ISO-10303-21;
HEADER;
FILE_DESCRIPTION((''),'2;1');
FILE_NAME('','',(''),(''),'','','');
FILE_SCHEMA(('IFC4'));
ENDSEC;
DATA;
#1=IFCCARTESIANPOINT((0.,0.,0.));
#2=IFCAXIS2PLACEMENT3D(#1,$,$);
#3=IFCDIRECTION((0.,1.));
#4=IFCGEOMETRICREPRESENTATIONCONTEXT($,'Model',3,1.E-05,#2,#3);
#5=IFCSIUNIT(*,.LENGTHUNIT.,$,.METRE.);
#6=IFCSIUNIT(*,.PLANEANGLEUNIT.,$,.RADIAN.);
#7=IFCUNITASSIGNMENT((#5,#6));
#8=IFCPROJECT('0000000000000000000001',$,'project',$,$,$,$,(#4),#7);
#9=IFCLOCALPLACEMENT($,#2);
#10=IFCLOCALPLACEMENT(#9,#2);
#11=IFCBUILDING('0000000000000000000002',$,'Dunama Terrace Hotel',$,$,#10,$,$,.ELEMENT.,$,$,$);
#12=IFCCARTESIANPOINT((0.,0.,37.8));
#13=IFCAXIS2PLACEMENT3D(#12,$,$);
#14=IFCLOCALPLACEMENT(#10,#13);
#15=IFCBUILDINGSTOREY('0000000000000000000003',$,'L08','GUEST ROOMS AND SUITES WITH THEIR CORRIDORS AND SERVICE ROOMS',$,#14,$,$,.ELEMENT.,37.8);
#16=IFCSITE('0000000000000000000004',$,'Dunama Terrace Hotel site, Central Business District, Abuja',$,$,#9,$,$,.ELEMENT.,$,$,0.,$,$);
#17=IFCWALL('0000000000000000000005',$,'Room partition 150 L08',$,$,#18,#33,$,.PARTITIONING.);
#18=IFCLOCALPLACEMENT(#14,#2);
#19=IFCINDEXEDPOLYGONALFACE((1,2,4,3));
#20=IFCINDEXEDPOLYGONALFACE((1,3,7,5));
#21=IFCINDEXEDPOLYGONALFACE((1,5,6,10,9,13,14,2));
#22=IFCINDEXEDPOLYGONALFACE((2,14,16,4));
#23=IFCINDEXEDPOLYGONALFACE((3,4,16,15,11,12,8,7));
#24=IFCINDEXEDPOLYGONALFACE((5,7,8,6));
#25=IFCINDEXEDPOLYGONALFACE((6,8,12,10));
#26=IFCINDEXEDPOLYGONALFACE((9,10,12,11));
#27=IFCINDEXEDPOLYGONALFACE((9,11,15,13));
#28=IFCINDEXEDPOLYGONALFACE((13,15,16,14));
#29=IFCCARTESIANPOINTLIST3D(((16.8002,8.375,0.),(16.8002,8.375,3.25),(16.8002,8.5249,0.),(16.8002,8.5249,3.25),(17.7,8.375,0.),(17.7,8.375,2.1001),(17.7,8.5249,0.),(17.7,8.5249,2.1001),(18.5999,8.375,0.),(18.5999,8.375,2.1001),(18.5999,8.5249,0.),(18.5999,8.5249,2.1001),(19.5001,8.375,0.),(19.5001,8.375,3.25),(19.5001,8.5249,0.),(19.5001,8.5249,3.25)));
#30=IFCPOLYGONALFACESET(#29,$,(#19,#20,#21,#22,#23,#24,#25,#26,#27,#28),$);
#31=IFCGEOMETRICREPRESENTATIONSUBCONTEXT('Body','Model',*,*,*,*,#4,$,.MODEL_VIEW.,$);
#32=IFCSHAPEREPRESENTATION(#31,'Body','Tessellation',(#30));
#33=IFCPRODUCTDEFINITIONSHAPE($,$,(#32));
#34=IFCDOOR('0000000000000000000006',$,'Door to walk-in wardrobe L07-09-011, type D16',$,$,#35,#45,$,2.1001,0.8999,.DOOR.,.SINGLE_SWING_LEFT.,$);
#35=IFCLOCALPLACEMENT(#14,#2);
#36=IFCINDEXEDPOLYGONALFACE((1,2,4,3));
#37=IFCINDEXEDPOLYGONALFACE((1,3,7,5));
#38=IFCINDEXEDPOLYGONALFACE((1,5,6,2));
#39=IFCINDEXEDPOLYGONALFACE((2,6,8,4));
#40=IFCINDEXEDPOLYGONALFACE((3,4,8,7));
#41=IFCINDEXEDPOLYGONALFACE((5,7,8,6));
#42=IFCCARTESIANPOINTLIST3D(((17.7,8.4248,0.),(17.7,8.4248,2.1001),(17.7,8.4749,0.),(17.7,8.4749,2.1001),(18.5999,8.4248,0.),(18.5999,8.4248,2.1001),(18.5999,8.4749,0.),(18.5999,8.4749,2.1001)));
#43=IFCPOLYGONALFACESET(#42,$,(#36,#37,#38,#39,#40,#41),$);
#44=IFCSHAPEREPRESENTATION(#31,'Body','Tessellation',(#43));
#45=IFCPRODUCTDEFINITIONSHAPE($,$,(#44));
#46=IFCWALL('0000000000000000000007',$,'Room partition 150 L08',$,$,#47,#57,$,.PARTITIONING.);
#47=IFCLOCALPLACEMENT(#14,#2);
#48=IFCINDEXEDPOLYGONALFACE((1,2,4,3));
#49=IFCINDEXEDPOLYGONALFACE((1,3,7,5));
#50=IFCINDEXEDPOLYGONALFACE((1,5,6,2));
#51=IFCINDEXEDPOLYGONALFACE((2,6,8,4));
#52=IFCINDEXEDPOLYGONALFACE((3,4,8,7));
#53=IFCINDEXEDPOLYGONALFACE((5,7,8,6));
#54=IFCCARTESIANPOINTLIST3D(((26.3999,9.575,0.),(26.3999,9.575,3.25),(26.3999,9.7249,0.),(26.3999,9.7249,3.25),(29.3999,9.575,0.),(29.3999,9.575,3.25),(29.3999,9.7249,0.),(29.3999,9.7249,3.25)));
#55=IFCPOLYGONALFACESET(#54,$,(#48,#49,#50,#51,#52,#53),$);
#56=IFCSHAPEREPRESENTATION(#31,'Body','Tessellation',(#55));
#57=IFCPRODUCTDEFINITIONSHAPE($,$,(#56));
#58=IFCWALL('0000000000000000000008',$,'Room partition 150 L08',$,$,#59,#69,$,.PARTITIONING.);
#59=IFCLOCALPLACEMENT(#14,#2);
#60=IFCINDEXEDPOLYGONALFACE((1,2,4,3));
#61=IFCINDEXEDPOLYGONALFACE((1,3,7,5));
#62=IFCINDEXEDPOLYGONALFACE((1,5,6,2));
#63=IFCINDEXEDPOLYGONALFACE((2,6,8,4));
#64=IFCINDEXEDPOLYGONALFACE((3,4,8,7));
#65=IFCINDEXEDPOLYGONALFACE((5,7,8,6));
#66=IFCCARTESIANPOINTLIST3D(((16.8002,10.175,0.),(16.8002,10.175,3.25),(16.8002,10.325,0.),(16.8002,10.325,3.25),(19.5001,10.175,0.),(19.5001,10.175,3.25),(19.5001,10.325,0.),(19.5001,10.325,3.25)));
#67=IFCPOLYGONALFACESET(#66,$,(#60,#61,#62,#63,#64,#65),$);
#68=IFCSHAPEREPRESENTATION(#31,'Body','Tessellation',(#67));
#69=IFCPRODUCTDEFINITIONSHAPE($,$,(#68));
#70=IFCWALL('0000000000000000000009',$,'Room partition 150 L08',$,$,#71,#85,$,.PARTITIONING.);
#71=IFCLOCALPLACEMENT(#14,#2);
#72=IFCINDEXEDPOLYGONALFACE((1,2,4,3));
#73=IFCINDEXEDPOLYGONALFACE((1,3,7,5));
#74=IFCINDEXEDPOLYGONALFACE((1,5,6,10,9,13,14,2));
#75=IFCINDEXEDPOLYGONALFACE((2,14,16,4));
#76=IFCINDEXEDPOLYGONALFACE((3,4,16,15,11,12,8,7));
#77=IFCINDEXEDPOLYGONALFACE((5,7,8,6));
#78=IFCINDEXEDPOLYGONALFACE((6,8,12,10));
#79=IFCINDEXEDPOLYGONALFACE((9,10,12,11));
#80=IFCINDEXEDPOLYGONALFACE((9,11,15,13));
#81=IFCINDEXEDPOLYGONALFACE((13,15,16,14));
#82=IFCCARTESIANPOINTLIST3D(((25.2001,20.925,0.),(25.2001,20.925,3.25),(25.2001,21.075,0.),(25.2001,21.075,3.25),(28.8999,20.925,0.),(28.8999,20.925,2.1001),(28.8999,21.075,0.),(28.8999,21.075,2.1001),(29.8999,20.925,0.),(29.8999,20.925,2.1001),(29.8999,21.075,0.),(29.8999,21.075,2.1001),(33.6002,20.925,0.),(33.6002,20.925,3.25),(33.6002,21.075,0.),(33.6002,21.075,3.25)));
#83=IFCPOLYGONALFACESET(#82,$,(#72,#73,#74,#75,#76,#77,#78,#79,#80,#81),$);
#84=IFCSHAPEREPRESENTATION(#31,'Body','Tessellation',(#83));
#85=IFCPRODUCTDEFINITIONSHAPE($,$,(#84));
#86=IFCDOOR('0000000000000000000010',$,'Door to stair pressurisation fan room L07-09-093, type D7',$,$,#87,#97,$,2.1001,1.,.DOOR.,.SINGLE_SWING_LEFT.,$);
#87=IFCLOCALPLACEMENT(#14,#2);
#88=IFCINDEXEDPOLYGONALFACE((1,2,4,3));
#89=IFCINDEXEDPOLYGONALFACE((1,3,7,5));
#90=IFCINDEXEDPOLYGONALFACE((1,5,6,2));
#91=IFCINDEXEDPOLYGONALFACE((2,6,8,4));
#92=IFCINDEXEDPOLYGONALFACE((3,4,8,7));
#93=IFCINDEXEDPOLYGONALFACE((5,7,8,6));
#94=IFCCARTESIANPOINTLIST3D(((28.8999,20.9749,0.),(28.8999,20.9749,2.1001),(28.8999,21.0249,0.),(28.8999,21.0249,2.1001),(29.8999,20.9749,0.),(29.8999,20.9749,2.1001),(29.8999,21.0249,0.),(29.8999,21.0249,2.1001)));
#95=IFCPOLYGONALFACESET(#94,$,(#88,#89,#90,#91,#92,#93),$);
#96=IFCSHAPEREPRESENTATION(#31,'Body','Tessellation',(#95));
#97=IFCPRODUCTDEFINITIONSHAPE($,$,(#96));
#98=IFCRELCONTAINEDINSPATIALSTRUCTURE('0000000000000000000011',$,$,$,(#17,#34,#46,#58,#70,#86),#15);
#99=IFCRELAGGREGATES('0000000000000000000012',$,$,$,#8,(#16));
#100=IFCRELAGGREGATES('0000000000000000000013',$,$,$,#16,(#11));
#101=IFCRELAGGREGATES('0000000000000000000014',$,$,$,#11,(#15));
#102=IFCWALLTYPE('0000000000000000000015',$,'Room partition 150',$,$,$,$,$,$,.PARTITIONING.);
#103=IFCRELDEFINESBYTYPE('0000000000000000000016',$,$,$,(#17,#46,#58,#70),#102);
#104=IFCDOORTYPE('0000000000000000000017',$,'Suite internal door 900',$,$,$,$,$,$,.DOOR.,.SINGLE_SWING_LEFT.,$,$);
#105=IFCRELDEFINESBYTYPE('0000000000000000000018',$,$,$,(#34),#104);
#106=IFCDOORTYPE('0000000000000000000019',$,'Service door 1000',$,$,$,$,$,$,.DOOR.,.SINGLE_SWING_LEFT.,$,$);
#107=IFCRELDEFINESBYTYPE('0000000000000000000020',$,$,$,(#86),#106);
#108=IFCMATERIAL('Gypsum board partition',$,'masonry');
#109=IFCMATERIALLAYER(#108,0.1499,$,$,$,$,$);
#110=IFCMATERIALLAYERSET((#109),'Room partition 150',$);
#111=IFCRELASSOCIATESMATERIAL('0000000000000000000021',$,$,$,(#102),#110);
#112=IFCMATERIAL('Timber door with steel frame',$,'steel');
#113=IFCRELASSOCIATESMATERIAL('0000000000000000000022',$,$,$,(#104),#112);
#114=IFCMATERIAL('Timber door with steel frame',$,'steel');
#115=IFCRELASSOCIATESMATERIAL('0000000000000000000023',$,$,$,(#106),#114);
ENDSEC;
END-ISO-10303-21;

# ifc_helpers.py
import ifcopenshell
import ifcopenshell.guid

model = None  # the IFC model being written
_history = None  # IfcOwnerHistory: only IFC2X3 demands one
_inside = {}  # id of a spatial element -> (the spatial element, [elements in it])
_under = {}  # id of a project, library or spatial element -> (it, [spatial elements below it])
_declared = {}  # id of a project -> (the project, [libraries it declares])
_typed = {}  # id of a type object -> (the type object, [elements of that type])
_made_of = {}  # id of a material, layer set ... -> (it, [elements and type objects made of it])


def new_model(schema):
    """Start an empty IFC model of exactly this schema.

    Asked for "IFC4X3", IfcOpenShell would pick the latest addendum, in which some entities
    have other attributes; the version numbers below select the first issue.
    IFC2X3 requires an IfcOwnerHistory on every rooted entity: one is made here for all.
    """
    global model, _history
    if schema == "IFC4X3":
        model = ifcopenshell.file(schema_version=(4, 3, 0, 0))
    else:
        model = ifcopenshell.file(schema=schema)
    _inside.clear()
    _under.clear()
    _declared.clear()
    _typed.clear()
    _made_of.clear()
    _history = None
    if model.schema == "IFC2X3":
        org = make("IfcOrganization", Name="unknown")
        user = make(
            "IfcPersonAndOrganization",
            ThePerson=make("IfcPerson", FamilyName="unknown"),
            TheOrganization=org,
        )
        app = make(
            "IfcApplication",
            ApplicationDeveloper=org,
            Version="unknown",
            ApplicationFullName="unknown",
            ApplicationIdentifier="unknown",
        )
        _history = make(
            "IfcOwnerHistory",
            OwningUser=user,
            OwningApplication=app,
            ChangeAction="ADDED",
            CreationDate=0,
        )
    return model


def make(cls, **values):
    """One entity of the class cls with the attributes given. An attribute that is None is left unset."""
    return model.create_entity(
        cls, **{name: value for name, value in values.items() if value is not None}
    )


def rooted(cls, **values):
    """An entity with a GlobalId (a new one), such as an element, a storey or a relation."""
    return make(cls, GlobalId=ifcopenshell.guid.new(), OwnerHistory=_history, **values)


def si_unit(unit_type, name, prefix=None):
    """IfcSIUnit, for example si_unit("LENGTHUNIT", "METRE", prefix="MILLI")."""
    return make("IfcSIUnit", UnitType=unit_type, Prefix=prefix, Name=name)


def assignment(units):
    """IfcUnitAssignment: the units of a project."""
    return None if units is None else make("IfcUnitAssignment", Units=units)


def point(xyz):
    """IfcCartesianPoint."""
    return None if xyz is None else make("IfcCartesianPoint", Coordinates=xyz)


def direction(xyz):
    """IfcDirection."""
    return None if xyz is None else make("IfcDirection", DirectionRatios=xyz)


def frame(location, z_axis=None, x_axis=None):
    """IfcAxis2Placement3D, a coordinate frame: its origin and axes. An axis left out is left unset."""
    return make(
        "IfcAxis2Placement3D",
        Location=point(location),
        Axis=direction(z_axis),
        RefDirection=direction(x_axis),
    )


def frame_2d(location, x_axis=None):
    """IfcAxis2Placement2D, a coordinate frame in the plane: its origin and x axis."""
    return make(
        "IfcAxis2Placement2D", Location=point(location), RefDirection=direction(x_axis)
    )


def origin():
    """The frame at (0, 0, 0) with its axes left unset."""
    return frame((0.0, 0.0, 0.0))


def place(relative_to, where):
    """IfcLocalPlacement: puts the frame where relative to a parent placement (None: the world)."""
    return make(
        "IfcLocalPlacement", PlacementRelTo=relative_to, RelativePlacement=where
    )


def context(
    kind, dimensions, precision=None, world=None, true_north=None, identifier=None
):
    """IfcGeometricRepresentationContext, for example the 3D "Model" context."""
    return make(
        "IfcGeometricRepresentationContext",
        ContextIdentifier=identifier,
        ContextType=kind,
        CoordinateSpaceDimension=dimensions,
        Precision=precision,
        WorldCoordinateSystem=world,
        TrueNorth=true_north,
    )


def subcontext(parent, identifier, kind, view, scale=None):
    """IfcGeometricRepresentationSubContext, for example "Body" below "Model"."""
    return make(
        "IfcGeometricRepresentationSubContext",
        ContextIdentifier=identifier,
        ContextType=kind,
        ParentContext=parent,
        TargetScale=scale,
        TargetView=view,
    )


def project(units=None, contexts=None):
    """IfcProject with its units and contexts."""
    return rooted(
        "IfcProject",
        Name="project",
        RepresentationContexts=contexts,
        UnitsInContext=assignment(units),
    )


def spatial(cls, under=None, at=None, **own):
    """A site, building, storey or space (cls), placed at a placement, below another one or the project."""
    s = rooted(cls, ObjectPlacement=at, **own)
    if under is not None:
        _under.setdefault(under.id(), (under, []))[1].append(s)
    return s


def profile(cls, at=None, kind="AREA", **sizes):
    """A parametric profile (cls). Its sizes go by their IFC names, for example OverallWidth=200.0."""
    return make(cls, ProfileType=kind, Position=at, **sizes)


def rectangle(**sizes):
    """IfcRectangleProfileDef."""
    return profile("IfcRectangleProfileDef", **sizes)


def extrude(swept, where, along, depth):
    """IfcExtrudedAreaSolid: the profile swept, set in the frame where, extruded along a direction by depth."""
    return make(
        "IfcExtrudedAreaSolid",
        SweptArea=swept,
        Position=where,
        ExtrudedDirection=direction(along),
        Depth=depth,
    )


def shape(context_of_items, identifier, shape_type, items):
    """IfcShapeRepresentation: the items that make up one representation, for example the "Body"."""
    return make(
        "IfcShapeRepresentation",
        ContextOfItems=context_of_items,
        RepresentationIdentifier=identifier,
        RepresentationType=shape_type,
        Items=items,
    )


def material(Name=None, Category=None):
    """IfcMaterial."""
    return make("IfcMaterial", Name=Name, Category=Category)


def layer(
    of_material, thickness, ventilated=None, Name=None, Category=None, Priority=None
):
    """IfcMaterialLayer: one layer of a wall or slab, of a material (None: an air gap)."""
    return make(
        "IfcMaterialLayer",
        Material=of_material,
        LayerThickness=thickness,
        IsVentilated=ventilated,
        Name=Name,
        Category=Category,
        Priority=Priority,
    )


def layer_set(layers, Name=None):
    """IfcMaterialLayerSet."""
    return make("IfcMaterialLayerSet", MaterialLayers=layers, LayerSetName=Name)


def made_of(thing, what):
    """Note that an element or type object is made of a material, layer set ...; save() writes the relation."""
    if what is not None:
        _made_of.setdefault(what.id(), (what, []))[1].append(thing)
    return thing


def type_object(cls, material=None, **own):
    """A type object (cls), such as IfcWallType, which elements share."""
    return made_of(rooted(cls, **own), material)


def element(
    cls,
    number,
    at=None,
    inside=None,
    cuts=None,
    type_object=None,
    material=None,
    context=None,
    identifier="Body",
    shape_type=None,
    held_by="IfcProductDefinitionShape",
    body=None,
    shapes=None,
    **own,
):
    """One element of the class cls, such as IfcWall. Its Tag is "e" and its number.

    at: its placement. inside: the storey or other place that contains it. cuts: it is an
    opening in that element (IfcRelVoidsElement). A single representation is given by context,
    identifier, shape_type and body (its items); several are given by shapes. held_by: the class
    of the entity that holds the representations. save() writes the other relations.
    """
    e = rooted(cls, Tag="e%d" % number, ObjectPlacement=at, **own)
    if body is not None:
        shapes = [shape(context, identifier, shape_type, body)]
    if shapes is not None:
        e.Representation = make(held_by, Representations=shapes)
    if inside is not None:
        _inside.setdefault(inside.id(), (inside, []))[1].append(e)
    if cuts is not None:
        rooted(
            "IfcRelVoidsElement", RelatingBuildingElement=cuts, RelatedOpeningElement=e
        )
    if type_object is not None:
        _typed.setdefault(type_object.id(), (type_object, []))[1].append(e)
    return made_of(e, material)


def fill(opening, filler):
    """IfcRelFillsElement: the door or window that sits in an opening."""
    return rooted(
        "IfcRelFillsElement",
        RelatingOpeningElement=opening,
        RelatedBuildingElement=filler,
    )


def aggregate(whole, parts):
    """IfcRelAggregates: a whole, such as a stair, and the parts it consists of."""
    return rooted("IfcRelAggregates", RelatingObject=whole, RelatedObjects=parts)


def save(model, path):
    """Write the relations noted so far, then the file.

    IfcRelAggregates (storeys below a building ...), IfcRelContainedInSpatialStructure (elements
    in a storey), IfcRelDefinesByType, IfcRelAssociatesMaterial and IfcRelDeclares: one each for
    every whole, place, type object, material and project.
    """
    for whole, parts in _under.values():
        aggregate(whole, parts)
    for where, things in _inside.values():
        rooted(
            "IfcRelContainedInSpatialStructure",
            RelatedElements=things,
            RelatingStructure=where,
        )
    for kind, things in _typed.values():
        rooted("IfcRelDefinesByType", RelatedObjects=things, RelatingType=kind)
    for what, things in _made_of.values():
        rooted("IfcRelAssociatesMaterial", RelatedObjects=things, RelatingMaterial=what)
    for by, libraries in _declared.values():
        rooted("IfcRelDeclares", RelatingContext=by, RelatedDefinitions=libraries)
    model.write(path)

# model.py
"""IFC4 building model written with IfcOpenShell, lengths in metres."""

from ifc_helpers import new_model, si_unit, direction, frame, frame_2d, origin, place, context, subcontext, project, spatial, rectangle, extrude, material, layer, layer_set, type_object, element, fill, save


model = new_model("IFC4")

# Units and contexts
model_context = context("Model", 3, precision=1e-05, world=origin(), true_north=direction((0.0, 1.0)))
body_context = subcontext(model_context, "Body", "Model", "MODEL_VIEW")
ifc_project = project(units=[si_unit("LENGTHUNIT", "METRE"), si_unit("PLANEANGLEUNIT", "RADIAN")], contexts=[model_context])

# Site, building, storey
site_placement = place(None, origin())
site = spatial("IfcSite", under=ifc_project, at=site_placement, Name="Dunama Terrace Hotel site, Central Business District, Abuja", CompositionType="ELEMENT", RefElevation=0.0)
building_placement = place(site_placement, origin())
building = spatial("IfcBuilding", under=site, at=building_placement, Name="Dunama Terrace Hotel", CompositionType="ELEMENT")
storey_placement = place(building_placement, frame((0.0, 0.0, 37.8)))
storey = spatial("IfcBuildingStorey", under=building, at=storey_placement, Name="L08", Description="GUEST ROOMS AND SUITES WITH THEIR CORRIDORS AND SERVICE ROOMS", CompositionType="ELEMENT", Elevation=37.8)

# Shared definitions
ifc_material_1 = material(Name="Gypsum board partition", Category="masonry")
ifc_layer_1 = layer(ifc_material_1, 0.1499)
ifc_layer_set_1 = layer_set([ifc_layer_1], Name="Room partition 150")
wall_type_1 = type_object("IfcWallType", Name="Room partition 150", PredefinedType="PARTITIONING", material=ifc_layer_set_1)

# Wall, opening, door
wall_1_placement = place(storey_placement, frame((16.8, 8.45, 0.0), z_axis=(0.0, 0.0, 1.0), x_axis=(1.0, 0.0, 0.0)))
wall_1 = element("IfcWall", 1, at=wall_1_placement, inside=storey, type_object=wall_type_1, Name="Room partition 150 L08", PredefinedType="PARTITIONING", context=body_context, shape_type="SweptSolid", body=[
    extrude(rectangle(XDim=2.7, YDim=0.1499, at=frame_2d((1.3501, 0.0))), origin(), (0.0, 0.0, 1.0), 3.25),
])
opening_1_placement = place(wall_1_placement, frame((0.8999, 0.0, 0.0)))
opening_1 = element("IfcOpeningElement", 2, at=opening_1_placement, cuts=wall_1, PredefinedType="OPENING", context=body_context, shape_type="SweptSolid", body=[
    extrude(rectangle(XDim=0.8999, YDim=2.1001, at=frame_2d((0.45, 1.05))), frame((0.0, 0.085, 0.0), z_axis=(0.0, -1.0, 0.0), x_axis=(1.0, 0.0, 0.0)), (0.0, 0.0, 1.0), 0.1699),
])
ifc_material_2 = material(Name="Timber door with steel frame", Category="steel")
door_type_1 = type_object("IfcDoorType", Name="Suite internal door 900", OperationType="SINGLE_SWING_LEFT", PredefinedType="DOOR", material=ifc_material_2)
door_1_placement = place(opening_1_placement, origin())
door_1 = element("IfcDoor", 3, at=door_1_placement, inside=storey, type_object=door_type_1, Name="Door to walk-in wardrobe L07-09-011, type D16", OperationType="SINGLE_SWING_LEFT", OverallHeight=2.1001, OverallWidth=0.8999, PredefinedType="DOOR", context=body_context, shape_type="SweptSolid", body=[
    extrude(rectangle(XDim=0.8999, YDim=2.1001, at=frame_2d((0.45, 1.05))), frame((0.0, 0.0249, 0.0), z_axis=(0.0, -1.0, 0.0), x_axis=(1.0, 0.0, 0.0)), (0.0, 0.0, 1.0), 0.05),
])
fill(opening_1, door_1)

# Walls
wall_2_placement = place(storey_placement, frame((26.3999, 9.6499, 0.0), z_axis=(0.0, 0.0, 1.0), x_axis=(1.0, 0.0, 0.0)))
element("IfcWall", 4, at=wall_2_placement, inside=storey, type_object=wall_type_1, Name="Room partition 150 L08", PredefinedType="PARTITIONING", context=body_context, shape_type="SweptSolid", body=[
    extrude(rectangle(XDim=3.0, YDim=0.1499, at=frame_2d((1.5, 0.0))), origin(), (0.0, 0.0, 1.0), 3.25),
])
wall_3_placement = place(storey_placement, frame((16.8, 10.25, 0.0), z_axis=(0.0, 0.0, 1.0), x_axis=(1.0, 0.0, 0.0)))
element("IfcWall", 5, at=wall_3_placement, inside=storey, type_object=wall_type_1, Name="Room partition 150 L08", PredefinedType="PARTITIONING", context=body_context, shape_type="SweptSolid", body=[
    extrude(rectangle(XDim=2.7, YDim=0.1499, at=frame_2d((1.3501, 0.0))), origin(), (0.0, 0.0, 1.0), 3.25),
])

# Wall, opening, door
wall_4_placement = place(storey_placement, frame((25.2, 21.0, 0.0), z_axis=(0.0, 0.0, 1.0), x_axis=(1.0, 0.0, 0.0)))
wall_4 = element("IfcWall", 6, at=wall_4_placement, inside=storey, type_object=wall_type_1, Name="Room partition 150 L08", PredefinedType="PARTITIONING", context=body_context, shape_type="SweptSolid", body=[
    extrude(rectangle(XDim=8.4001, YDim=0.1499, at=frame_2d((4.2002, 0.0))), origin(), (0.0, 0.0, 1.0), 3.25),
])
opening_2_placement = place(wall_4_placement, frame((3.7, 0.0, 0.0)))
opening_2 = element("IfcOpeningElement", 7, at=opening_2_placement, cuts=wall_4, PredefinedType="OPENING", context=body_context, shape_type="SweptSolid", body=[
    extrude(rectangle(XDim=1.0, YDim=2.1001, at=frame_2d((0.5, 1.05))), frame((0.0, 0.085, 0.0), z_axis=(0.0, -1.0, 0.0), x_axis=(1.0, 0.0, 0.0)), (0.0, 0.0, 1.0), 0.1699),
])
ifc_material_3 = material(Name="Timber door with steel frame", Category="steel")
door_type_2 = type_object("IfcDoorType", Name="Service door 1000", OperationType="SINGLE_SWING_LEFT", PredefinedType="DOOR", material=ifc_material_3)
door_2_placement = place(opening_2_placement, origin())
door_2 = element("IfcDoor", 8, at=door_2_placement, inside=storey, type_object=door_type_2, Name="Door to stair pressurisation fan room L07-09-093, type D7", OperationType="SINGLE_SWING_LEFT", OverallHeight=2.1001, OverallWidth=1.0, PredefinedType="DOOR", context=body_context, shape_type="SweptSolid", body=[
    extrude(rectangle(XDim=1.0, YDim=2.1001, at=frame_2d((0.5, 1.05))), frame((0.0, 0.0249, 0.0), z_axis=(0.0, -1.0, 0.0), x_axis=(1.0, 0.0, 0.0)), (0.0, 0.0, 1.0), 0.05),
])
fill(opening_2, door_2)

save(model, "model.ifc")
